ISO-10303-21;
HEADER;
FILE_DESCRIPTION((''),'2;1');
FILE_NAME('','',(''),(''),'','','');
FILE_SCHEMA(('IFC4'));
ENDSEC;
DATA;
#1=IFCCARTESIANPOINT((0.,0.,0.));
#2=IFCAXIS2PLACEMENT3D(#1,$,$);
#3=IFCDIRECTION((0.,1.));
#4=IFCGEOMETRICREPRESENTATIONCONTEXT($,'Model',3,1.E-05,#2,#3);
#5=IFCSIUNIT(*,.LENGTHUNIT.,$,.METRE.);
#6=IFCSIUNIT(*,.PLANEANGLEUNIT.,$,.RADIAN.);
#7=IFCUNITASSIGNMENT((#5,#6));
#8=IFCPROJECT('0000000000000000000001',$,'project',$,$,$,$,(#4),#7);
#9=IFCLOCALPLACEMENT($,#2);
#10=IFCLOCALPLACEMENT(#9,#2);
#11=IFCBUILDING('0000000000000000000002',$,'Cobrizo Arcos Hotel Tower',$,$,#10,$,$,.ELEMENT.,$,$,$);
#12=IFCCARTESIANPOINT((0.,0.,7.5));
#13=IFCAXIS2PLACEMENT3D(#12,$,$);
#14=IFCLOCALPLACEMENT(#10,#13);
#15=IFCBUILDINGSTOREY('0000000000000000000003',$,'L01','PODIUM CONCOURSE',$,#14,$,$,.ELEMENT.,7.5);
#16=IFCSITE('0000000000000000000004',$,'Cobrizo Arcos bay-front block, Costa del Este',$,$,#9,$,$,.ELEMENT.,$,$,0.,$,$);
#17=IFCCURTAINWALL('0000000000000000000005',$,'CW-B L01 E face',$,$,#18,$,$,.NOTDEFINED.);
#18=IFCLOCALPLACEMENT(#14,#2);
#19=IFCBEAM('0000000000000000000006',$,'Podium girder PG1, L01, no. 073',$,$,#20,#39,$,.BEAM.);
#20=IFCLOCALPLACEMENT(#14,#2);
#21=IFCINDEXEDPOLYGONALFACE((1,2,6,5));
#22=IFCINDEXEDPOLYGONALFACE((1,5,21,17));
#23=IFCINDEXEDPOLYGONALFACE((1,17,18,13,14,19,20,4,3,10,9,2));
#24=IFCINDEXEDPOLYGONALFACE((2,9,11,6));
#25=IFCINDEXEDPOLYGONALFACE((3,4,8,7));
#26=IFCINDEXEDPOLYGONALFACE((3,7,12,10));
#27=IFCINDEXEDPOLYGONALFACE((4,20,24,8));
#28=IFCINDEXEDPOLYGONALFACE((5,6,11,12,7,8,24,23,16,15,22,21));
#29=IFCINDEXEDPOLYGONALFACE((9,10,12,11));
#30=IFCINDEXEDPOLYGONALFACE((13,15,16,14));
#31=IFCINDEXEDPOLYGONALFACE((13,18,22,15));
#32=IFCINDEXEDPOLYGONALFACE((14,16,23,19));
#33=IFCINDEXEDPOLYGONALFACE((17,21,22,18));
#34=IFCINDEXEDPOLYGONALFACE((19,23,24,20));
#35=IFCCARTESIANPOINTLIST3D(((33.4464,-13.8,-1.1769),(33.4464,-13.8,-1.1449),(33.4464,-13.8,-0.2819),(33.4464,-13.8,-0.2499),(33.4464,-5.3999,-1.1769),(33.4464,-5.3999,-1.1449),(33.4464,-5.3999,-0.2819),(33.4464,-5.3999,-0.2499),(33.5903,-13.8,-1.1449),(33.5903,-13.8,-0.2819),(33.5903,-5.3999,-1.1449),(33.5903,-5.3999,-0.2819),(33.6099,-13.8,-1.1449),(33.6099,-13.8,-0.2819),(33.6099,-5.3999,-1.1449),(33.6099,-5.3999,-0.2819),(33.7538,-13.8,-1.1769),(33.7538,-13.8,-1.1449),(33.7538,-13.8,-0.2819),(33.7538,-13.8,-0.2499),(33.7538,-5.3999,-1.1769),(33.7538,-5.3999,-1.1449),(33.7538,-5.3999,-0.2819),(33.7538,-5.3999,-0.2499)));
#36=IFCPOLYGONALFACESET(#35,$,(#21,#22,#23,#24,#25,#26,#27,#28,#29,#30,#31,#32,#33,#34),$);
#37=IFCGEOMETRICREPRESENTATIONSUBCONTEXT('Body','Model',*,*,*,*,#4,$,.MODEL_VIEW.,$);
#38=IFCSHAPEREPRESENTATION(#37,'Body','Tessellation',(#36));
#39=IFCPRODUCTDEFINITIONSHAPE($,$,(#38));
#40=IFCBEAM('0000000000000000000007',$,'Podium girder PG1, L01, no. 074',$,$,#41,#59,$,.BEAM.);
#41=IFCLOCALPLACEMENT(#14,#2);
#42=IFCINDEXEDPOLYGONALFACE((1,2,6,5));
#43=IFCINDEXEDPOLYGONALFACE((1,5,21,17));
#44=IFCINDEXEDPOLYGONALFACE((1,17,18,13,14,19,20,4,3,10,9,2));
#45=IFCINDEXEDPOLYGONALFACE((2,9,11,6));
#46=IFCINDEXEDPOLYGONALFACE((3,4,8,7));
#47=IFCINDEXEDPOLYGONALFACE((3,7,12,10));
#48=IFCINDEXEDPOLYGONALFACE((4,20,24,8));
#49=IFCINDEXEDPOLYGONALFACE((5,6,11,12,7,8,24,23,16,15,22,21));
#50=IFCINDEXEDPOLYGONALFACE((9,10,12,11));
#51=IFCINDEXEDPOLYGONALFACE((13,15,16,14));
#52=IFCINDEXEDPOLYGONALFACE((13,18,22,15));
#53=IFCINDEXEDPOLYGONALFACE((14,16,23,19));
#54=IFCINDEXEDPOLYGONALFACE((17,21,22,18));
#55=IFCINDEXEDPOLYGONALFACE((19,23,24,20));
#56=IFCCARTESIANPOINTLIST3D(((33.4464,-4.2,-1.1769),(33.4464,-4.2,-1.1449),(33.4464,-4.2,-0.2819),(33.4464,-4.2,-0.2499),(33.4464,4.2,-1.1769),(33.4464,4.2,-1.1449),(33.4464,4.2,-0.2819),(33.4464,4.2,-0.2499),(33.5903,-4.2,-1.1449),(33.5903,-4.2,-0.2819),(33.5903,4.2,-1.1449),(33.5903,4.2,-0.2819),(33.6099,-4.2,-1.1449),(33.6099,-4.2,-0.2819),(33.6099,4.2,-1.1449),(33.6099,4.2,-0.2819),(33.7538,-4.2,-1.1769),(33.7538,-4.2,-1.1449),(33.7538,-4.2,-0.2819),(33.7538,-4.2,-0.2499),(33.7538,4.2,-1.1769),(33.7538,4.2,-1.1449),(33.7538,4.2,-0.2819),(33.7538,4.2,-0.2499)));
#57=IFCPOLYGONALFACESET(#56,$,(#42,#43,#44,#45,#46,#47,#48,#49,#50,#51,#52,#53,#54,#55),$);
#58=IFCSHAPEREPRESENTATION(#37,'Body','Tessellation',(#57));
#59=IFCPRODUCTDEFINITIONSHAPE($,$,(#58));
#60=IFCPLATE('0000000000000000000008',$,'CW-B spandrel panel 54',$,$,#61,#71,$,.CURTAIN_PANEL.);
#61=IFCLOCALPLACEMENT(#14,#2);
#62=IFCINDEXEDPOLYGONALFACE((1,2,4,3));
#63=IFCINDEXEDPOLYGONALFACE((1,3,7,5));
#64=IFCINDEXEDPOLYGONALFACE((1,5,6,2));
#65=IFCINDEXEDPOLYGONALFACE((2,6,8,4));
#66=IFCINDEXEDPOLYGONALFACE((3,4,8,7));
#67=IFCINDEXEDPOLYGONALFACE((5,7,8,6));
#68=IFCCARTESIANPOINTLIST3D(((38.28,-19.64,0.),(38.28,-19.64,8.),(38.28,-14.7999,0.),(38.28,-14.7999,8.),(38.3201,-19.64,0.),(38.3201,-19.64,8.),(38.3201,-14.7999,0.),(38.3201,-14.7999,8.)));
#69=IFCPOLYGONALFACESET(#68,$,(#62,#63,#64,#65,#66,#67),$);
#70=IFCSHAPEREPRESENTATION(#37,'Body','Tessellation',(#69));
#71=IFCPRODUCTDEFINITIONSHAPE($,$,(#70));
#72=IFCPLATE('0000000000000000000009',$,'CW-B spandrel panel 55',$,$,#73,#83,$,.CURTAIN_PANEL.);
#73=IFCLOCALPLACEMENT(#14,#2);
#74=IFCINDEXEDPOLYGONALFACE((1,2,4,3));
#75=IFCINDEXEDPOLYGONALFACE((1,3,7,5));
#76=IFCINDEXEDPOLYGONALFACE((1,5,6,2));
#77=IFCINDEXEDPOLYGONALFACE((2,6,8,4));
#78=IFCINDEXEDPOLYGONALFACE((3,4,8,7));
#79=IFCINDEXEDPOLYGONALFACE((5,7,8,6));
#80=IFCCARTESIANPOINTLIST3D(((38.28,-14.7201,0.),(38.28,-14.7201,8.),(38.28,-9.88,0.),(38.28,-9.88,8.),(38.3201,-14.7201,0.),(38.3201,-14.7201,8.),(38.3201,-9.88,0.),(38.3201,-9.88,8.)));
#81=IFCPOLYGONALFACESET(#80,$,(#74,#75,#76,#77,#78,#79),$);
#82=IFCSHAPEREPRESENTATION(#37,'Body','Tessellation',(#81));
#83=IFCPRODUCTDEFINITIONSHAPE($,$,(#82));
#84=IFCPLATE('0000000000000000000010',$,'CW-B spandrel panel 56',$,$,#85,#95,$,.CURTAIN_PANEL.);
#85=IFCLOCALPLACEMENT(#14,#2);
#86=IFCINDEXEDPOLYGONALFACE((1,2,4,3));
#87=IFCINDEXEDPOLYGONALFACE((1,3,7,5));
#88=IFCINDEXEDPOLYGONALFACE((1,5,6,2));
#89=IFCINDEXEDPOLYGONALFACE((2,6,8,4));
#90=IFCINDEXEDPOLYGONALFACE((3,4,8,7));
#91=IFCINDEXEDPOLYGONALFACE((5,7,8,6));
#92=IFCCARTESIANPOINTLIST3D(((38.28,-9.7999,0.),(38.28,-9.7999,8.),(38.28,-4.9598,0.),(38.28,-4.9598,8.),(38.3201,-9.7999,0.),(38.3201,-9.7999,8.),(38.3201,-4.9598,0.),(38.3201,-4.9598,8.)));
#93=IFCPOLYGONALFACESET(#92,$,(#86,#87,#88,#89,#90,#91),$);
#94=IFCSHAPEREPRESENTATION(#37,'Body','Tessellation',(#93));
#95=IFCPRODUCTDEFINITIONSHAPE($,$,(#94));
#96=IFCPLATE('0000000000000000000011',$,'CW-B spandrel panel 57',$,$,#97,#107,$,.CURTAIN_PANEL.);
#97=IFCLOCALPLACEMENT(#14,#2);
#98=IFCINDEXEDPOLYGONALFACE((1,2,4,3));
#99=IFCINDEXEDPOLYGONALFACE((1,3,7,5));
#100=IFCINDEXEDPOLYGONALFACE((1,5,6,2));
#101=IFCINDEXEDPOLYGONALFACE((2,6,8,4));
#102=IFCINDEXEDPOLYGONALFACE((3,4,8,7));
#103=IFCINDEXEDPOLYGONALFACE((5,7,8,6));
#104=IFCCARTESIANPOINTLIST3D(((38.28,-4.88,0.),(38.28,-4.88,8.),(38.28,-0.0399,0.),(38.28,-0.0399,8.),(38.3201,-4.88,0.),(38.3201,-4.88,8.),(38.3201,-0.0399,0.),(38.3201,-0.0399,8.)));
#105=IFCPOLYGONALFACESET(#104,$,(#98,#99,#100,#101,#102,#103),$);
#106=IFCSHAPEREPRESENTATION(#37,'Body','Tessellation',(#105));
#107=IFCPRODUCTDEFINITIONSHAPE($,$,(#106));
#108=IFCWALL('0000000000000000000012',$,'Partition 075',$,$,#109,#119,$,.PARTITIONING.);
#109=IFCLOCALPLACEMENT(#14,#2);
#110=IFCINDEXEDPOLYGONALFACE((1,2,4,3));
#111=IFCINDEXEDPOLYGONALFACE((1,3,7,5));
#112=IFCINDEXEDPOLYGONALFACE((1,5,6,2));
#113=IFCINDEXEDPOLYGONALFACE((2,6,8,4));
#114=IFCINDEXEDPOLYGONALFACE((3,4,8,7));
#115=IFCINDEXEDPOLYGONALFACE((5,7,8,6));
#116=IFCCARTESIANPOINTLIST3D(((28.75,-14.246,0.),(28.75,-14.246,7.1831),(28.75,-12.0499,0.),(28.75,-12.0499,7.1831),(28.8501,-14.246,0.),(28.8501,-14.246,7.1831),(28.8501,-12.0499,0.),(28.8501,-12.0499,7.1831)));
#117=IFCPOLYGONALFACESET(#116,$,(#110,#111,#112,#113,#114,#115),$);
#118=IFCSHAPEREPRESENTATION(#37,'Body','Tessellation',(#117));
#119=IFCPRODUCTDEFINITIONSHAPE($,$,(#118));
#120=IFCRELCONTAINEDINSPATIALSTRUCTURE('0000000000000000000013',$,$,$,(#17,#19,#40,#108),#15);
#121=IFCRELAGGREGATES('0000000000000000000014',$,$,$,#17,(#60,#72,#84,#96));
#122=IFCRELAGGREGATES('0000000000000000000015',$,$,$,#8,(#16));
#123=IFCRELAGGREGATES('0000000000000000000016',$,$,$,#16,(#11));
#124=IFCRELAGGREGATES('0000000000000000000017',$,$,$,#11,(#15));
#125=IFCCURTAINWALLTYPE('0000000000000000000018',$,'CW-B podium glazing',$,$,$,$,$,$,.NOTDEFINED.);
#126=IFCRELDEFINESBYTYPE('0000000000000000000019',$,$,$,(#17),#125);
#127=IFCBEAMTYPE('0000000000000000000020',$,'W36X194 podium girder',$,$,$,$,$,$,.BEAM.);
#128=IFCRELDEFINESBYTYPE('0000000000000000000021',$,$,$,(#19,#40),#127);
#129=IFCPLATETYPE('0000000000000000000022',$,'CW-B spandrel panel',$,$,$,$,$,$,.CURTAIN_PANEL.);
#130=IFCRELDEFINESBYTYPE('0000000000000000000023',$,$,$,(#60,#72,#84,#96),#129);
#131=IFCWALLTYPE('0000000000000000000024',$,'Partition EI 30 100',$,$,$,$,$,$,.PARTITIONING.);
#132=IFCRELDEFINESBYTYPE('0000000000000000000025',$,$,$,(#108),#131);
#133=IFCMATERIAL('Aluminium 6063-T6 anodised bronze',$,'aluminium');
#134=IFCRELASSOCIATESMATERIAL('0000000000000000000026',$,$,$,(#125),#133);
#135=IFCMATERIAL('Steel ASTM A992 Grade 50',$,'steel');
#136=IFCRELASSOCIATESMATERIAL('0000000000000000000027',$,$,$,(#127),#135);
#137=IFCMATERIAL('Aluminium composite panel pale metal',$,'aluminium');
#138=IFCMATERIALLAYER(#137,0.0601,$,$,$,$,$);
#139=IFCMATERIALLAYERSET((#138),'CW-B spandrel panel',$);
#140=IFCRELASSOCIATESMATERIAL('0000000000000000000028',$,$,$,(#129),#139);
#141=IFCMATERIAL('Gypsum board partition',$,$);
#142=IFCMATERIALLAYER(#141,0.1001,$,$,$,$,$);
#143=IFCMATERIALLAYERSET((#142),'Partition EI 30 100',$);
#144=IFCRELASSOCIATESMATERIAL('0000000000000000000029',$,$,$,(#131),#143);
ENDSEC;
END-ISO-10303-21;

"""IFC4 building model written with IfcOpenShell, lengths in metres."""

from ifc_helpers import new_model, si_unit, direction, frame, frame_2d, origin, origin_2d, place, context, subcontext, project, spatial, rectangle, i_section, extrude, material, layer, layer_set, material_profile, profile_set, type_object, element, aggregate, save


model = new_model("IFC4")

# Units and contexts
model_context = context("Model", 3, precision=1e-05, world=origin(), true_north=direction((0.0, 1.0)))
body_context = subcontext(model_context, "Body", "Model", "MODEL_VIEW")
ifc_project = project(units=[si_unit("LENGTHUNIT", "METRE"), si_unit("PLANEANGLEUNIT", "RADIAN")], contexts=[model_context])

# Site, building, storey
site_placement = place(None, origin())
site = spatial("IfcSite", under=ifc_project, at=site_placement, Name="Cobrizo Arcos bay-front block, Costa del Este", CompositionType="ELEMENT", RefElevation=0.0)
building_placement = place(site_placement, origin())
building = spatial("IfcBuilding", under=site, at=building_placement, Name="Cobrizo Arcos Hotel Tower", CompositionType="ELEMENT")
storey_placement = place(building_placement, frame((0.0, 0.0, 7.5)))
storey = spatial("IfcBuildingStorey", under=building, at=storey_placement, Name="L01", Description="PODIUM CONCOURSE", CompositionType="ELEMENT", Elevation=7.5)

# Curtain wall
ifc_material_1 = material(Name="Aluminium 6063-T6 anodised bronze", Category="aluminium")
curtain_wall_type = type_object("IfcCurtainWallType", Name="CW-B podium glazing", PredefinedType="NOTDEFINED", material=ifc_material_1)
curtain_wall_placement = place(storey_placement, origin())
curtain_wall = element("IfcCurtainWall", 1, at=curtain_wall_placement, inside=storey, type_object=curtain_wall_type, Name="CW-B L01 E face", PredefinedType="NOTDEFINED")

# Beams
ifc_material_2 = material(Name="Steel ASTM A992 Grade 50", Category="steel")
ifc_material_profile_1 = material_profile(ifc_material_2, i_section(OverallWidth=0.3074, OverallDepth=0.927, WebThickness=0.0195, FlangeThickness=0.032, at=origin_2d()), Name="W36X194")
ifc_profile_set_1 = profile_set([ifc_material_profile_1], Name="Steel ASTM A992 Grade 50")
beam_type_1 = type_object("IfcBeamType", Name="W36X194 podium girder", PredefinedType="BEAM", material=ifc_profile_set_1)
beam_1_placement = place(storey_placement, frame((33.6001, -13.8, -0.7134), z_axis=(0.0, 1.0, 0.0), x_axis=(-1.0, 0.0, 0.0)))
element("IfcBeam", 2, at=beam_1_placement, inside=storey, type_object=beam_type_1, Name="Podium girder PG1, L01, no. 073", PredefinedType="BEAM", context=body_context, shape_type="SweptSolid", body=[
    extrude(i_section(OverallWidth=0.3074, OverallDepth=0.927, WebThickness=0.0195, FlangeThickness=0.032, at=origin_2d()), origin(), (0.0, 0.0, 1.0), 8.4001),
])
beam_2_placement = place(storey_placement, frame((33.6001, -4.2, -0.7134), z_axis=(0.0, 1.0, 0.0), x_axis=(-1.0, 0.0, 0.0)))
element("IfcBeam", 3, at=beam_2_placement, inside=storey, type_object=beam_type_1, Name="Podium girder PG1, L01, no. 074", PredefinedType="BEAM", context=body_context, shape_type="SweptSolid", body=[
    extrude(i_section(OverallWidth=0.3074, OverallDepth=0.927, WebThickness=0.0195, FlangeThickness=0.032, at=origin_2d()), origin(), (0.0, 0.0, 1.0), 8.3999),
])

# Plates
ifc_material_3 = material(Name="Aluminium composite panel pale metal", Category="aluminium")
ifc_layer_1 = layer(ifc_material_3, 0.0601)
ifc_layer_set_1 = layer_set([ifc_layer_1], Name="CW-B spandrel panel")
plate_type = type_object("IfcPlateType", Name="CW-B spandrel panel", PredefinedType="CURTAIN_PANEL", material=ifc_layer_set_1)
plate_1_placement = place(storey_placement, frame((38.3, -17.22, 0.0), z_axis=(0.0, 0.0, 1.0), x_axis=(0.0, 1.0, 0.0)))
plate_1 = element("IfcPlate", 4, at=plate_1_placement, type_object=plate_type, Name="CW-B spandrel panel 54", PredefinedType="CURTAIN_PANEL", context=body_context, shape_type="SweptSolid", body=[
    extrude(rectangle(XDim=4.8401, YDim=0.04, at=origin_2d()), origin(), (0.0, 0.0, 1.0), 8.0),
])
plate_2_placement = place(storey_placement, frame((38.3, -12.3, 0.0), z_axis=(0.0, 0.0, 1.0), x_axis=(0.0, 1.0, 0.0)))
plate_2 = element("IfcPlate", 5, at=plate_2_placement, type_object=plate_type, Name="CW-B spandrel panel 55", PredefinedType="CURTAIN_PANEL", context=body_context, shape_type="SweptSolid", body=[
    extrude(rectangle(XDim=4.8401, YDim=0.04, at=origin_2d()), origin(), (0.0, 0.0, 1.0), 8.0),
])
plate_3_placement = place(storey_placement, frame((38.3, -7.3799, 0.0), z_axis=(0.0, 0.0, 1.0), x_axis=(0.0, 1.0, 0.0)))
plate_3 = element("IfcPlate", 6, at=plate_3_placement, type_object=plate_type, Name="CW-B spandrel panel 56", PredefinedType="CURTAIN_PANEL", context=body_context, shape_type="SweptSolid", body=[
    extrude(rectangle(XDim=4.8401, YDim=0.04, at=origin_2d()), origin(), (0.0, 0.0, 1.0), 8.0),
])
plate_4_placement = place(storey_placement, frame((38.3, -2.46, 0.0), z_axis=(0.0, 0.0, 1.0), x_axis=(0.0, 1.0, 0.0)))
plate_4 = element("IfcPlate", 7, at=plate_4_placement, type_object=plate_type, Name="CW-B spandrel panel 57", PredefinedType="CURTAIN_PANEL", context=body_context, shape_type="SweptSolid", body=[
    extrude(rectangle(XDim=4.8401, YDim=0.04, at=origin_2d()), origin(), (0.0, 0.0, 1.0), 8.0),
])
aggregate(curtain_wall, [plate_1, plate_2, plate_3, plate_4])

# Wall
ifc_material_4 = material(Name="Gypsum board partition")
ifc_layer_2 = layer(ifc_material_4, 0.1001)
ifc_layer_set_2 = layer_set([ifc_layer_2], Name="Partition EI 30 100")
wall_type = type_object("IfcWallType", Name="Partition EI 30 100", PredefinedType="PARTITIONING", material=ifc_layer_set_2)
wall_placement = place(storey_placement, frame((28.8, -14.2461, 0.0), z_axis=(0.0, 0.0, 1.0), x_axis=(0.0, 1.0, 0.0)))
element("IfcWall", 8, at=wall_placement, inside=storey, type_object=wall_type, Name="Partition 075", PredefinedType="PARTITIONING", context=body_context, shape_type="SweptSolid", body=[
    extrude(rectangle(XDim=2.196, YDim=0.1001, at=frame_2d((1.0981, 0.0))), origin(), (0.0, 0.0, 1.0), 7.1831),
])

save(model, "model.ifc")
